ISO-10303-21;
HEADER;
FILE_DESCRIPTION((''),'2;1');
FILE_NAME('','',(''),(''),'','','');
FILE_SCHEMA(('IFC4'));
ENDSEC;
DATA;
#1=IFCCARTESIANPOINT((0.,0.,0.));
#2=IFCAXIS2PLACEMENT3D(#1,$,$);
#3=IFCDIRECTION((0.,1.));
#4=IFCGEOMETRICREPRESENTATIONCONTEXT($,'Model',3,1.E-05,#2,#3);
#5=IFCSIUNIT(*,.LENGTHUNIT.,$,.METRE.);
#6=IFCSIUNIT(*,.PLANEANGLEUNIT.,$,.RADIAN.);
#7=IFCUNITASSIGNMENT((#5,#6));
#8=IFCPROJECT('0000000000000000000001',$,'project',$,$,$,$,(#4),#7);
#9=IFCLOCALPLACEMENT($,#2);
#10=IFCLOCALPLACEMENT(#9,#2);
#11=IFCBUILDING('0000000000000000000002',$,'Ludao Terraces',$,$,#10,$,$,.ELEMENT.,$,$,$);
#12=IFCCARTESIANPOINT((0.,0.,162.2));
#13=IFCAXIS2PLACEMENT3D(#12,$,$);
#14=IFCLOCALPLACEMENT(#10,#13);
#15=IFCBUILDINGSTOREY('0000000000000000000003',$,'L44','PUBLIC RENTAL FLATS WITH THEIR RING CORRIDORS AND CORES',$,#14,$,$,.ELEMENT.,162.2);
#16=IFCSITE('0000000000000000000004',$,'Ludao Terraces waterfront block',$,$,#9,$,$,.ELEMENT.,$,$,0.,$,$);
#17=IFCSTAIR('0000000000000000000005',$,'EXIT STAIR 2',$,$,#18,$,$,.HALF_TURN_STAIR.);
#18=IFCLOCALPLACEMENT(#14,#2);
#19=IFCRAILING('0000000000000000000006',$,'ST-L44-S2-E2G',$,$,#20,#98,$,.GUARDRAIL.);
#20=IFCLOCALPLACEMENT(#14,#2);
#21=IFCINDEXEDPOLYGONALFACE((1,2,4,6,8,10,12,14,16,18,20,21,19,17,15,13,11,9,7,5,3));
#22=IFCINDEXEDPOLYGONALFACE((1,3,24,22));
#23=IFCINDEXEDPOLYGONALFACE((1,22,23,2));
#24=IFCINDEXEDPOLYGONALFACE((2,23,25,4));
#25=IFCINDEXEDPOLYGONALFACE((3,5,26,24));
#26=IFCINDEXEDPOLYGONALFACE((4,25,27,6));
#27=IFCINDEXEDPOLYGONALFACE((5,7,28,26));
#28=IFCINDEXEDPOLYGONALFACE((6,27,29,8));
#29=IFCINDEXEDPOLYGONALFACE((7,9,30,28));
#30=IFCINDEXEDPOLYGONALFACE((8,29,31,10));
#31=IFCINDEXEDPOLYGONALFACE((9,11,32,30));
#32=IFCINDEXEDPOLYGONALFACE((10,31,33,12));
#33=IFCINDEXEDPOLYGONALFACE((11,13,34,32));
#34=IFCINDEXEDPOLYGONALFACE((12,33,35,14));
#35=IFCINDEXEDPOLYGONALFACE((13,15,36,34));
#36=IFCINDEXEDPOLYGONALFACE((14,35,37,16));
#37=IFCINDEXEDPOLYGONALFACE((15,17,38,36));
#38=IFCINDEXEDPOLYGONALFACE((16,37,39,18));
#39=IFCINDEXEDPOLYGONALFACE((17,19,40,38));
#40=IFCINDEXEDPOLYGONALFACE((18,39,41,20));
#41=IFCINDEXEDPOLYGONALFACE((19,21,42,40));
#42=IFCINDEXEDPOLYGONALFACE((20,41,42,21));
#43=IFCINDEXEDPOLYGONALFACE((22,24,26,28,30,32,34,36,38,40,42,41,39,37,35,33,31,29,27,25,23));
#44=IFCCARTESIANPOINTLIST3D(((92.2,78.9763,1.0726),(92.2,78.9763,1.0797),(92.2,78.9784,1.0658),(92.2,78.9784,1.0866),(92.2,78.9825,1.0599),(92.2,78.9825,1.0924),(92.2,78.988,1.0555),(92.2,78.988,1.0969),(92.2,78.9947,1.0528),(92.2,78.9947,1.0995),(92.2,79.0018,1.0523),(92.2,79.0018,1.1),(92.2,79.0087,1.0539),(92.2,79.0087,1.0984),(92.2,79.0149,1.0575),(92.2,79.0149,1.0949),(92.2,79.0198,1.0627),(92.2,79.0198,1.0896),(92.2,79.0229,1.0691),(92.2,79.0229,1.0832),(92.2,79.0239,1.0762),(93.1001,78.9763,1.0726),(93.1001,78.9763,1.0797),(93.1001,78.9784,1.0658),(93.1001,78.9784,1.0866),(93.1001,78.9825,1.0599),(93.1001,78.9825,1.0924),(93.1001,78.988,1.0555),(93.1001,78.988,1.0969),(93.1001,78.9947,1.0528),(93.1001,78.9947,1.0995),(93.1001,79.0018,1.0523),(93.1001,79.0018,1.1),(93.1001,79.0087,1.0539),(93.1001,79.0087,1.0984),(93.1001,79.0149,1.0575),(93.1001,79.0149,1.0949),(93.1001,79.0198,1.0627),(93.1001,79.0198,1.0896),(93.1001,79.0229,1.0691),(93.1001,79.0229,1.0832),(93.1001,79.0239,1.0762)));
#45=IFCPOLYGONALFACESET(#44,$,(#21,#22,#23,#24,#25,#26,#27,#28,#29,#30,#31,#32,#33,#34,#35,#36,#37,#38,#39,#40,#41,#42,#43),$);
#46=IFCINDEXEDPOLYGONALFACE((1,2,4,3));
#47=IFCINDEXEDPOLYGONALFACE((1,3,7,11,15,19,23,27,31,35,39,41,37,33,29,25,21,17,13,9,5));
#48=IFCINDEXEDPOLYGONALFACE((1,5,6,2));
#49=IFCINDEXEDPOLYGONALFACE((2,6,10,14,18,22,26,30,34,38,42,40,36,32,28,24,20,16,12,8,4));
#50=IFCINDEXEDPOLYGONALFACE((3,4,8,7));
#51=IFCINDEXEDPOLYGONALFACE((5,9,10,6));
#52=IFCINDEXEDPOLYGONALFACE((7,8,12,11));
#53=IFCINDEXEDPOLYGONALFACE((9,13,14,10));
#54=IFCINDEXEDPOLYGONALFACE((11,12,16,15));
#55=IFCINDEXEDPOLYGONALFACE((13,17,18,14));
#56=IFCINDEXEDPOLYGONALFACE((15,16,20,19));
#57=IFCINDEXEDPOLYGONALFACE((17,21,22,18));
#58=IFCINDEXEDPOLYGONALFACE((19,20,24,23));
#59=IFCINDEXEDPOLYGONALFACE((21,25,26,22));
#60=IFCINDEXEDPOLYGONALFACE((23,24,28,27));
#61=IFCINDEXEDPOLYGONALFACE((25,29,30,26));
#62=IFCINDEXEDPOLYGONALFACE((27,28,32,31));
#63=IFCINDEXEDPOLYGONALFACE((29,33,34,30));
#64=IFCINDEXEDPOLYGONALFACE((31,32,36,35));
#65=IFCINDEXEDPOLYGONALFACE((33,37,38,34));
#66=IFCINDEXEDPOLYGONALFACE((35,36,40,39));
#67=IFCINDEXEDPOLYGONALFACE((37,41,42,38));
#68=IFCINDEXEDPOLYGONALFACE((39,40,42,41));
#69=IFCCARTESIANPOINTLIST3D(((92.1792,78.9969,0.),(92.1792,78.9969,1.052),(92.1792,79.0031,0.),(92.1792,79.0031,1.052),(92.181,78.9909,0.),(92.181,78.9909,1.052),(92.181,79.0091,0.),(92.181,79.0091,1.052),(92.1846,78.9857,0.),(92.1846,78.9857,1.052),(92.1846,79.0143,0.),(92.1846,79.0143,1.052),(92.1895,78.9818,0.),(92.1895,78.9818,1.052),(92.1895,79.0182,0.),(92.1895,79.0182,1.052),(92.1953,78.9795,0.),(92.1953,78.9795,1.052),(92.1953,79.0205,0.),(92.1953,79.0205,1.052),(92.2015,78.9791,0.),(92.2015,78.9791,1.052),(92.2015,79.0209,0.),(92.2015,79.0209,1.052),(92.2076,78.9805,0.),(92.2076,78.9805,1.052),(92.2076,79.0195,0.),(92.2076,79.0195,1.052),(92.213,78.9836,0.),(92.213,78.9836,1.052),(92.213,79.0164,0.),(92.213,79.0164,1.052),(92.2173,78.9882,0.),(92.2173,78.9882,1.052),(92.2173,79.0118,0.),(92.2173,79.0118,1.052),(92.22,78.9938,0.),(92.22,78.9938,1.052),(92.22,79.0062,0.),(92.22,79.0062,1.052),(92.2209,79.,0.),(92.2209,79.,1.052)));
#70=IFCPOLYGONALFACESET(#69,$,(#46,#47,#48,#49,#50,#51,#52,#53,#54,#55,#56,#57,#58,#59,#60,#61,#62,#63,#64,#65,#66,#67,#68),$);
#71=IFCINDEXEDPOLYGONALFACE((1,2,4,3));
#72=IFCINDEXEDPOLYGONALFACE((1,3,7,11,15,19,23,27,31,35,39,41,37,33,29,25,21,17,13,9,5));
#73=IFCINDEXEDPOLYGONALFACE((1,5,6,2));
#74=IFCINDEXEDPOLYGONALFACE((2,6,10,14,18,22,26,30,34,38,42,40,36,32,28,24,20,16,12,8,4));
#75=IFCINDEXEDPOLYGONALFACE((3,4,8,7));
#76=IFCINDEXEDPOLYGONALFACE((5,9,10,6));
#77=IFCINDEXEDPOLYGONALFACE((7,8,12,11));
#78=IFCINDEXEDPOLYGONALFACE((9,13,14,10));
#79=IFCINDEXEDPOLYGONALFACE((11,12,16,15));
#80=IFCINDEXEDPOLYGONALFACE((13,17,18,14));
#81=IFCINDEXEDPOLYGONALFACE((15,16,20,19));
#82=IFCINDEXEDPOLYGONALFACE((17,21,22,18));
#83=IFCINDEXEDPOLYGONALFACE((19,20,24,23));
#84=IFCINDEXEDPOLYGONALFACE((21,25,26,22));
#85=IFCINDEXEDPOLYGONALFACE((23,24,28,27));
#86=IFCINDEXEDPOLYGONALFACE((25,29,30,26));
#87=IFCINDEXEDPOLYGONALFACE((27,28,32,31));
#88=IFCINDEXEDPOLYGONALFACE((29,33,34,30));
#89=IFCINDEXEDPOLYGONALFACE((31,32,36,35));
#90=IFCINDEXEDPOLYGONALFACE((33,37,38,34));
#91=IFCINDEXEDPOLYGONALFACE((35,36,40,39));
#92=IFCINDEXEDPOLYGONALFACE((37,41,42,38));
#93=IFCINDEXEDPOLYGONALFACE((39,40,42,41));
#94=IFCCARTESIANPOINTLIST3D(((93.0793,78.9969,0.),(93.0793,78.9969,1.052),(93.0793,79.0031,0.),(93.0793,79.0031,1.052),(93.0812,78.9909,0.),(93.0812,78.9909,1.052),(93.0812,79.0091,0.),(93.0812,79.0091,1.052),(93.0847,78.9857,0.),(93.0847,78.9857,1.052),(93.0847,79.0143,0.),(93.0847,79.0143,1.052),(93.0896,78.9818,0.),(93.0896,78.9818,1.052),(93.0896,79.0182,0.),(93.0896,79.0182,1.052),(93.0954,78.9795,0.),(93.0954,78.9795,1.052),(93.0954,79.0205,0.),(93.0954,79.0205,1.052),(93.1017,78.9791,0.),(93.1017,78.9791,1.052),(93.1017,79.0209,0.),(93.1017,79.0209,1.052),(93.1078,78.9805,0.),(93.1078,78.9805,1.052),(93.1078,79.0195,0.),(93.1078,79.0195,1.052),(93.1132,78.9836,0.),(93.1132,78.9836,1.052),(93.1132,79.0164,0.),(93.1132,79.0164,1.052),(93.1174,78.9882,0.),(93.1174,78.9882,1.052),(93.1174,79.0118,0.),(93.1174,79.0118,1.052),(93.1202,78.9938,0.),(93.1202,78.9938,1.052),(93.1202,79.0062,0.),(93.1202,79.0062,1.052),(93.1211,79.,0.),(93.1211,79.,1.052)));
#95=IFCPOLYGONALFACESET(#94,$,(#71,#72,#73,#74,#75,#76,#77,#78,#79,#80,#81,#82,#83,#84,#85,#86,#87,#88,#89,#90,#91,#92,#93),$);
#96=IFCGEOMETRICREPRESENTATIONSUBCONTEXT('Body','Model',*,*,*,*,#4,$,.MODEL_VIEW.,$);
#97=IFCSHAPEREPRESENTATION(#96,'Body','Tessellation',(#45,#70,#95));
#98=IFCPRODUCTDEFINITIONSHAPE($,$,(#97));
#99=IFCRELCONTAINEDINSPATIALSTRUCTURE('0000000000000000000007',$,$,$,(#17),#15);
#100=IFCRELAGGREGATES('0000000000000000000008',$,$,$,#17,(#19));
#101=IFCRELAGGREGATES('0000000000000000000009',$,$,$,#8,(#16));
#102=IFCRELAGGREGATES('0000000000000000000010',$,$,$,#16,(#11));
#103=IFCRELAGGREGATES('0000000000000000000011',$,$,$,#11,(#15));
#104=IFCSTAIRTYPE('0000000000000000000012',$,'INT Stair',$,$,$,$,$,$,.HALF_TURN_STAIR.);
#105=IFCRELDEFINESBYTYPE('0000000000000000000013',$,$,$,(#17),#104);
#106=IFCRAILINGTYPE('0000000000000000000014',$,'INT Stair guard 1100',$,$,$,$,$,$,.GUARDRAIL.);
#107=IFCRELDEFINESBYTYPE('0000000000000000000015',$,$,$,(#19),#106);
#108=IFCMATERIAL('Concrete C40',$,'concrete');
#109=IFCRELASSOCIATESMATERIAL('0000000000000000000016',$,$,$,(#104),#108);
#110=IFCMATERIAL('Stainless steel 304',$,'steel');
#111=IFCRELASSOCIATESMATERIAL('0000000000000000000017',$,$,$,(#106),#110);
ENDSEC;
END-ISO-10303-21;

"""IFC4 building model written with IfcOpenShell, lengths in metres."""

from ifc_helpers import new_model, si_unit, direction, frame, origin, origin_2d, place, context, subcontext, project, spatial, circle, extrude, material, type_object, element, aggregate, save


model = new_model("IFC4")

# Units and contexts
model_context = context("Model", 3, precision=1e-05, world=origin(), true_north=direction((0.0, 1.0)))
body_context = subcontext(model_context, "Body", "Model", "MODEL_VIEW")
ifc_project = project(units=[si_unit("LENGTHUNIT", "METRE"), si_unit("PLANEANGLEUNIT", "RADIAN")], contexts=[model_context])

# Site, building, storey
site_placement = place(None, origin())
site = spatial("IfcSite", under=ifc_project, at=site_placement, Name="Ludao Terraces waterfront block", CompositionType="ELEMENT", RefElevation=0.0)
building_placement = place(site_placement, origin())
building = spatial("IfcBuilding", under=site, at=building_placement, Name="Ludao Terraces", CompositionType="ELEMENT")
storey_placement = place(building_placement, frame((0.0, 0.0, 162.2)))
storey = spatial("IfcBuildingStorey", under=building, at=storey_placement, Name="L44", Description="PUBLIC RENTAL FLATS WITH THEIR RING CORRIDORS AND CORES", CompositionType="ELEMENT", Elevation=162.2)

# Shared definitions
ifc_material_1 = material(Name="Stainless steel 304", Category="steel")

# Stair, railing
ifc_material_2 = material(Name="Concrete C40", Category="concrete")
stair_type = type_object("IfcStairType", Name="INT Stair", PredefinedType="HALF_TURN_STAIR", material=ifc_material_2)
stair_placement = place(storey_placement, origin())
stair = element("IfcStair", 1, at=stair_placement, inside=storey, type_object=stair_type, Name="EXIT STAIR 2", PredefinedType="HALF_TURN_STAIR")
railing_type_1 = type_object("IfcRailingType", Name="INT Stair guard 1100", PredefinedType="GUARDRAIL", material=ifc_material_1)
railing_1_placement = place(storey_placement, frame((92.2, 79.0, 0.0)))
railing_1 = element("IfcRailing", 2, at=railing_1_placement, type_object=railing_type_1, Name="ST-L44-S2-E2G", PredefinedType="GUARDRAIL", context=body_context, shape_type="SweptSolid", body=[
    extrude(circle(Radius=0.0239, at=origin_2d()), frame((0.0, 0.0, 1.0762), z_axis=(1.0, 0.0, 0.0), x_axis=(0.0, 1.0, 0.0)), (0.0, 0.0, 1.0), 0.9001),
    extrude(circle(Radius=0.021, at=origin_2d()), origin(), (0.0, 0.0, 1.0), 1.052),
    extrude(circle(Radius=0.021, at=origin_2d()), frame((0.9001, 0.0, 0.0)), (0.0, 0.0, 1.0), 1.052),
])
aggregate(stair, [railing_1])

save(model, "model.ifc")
